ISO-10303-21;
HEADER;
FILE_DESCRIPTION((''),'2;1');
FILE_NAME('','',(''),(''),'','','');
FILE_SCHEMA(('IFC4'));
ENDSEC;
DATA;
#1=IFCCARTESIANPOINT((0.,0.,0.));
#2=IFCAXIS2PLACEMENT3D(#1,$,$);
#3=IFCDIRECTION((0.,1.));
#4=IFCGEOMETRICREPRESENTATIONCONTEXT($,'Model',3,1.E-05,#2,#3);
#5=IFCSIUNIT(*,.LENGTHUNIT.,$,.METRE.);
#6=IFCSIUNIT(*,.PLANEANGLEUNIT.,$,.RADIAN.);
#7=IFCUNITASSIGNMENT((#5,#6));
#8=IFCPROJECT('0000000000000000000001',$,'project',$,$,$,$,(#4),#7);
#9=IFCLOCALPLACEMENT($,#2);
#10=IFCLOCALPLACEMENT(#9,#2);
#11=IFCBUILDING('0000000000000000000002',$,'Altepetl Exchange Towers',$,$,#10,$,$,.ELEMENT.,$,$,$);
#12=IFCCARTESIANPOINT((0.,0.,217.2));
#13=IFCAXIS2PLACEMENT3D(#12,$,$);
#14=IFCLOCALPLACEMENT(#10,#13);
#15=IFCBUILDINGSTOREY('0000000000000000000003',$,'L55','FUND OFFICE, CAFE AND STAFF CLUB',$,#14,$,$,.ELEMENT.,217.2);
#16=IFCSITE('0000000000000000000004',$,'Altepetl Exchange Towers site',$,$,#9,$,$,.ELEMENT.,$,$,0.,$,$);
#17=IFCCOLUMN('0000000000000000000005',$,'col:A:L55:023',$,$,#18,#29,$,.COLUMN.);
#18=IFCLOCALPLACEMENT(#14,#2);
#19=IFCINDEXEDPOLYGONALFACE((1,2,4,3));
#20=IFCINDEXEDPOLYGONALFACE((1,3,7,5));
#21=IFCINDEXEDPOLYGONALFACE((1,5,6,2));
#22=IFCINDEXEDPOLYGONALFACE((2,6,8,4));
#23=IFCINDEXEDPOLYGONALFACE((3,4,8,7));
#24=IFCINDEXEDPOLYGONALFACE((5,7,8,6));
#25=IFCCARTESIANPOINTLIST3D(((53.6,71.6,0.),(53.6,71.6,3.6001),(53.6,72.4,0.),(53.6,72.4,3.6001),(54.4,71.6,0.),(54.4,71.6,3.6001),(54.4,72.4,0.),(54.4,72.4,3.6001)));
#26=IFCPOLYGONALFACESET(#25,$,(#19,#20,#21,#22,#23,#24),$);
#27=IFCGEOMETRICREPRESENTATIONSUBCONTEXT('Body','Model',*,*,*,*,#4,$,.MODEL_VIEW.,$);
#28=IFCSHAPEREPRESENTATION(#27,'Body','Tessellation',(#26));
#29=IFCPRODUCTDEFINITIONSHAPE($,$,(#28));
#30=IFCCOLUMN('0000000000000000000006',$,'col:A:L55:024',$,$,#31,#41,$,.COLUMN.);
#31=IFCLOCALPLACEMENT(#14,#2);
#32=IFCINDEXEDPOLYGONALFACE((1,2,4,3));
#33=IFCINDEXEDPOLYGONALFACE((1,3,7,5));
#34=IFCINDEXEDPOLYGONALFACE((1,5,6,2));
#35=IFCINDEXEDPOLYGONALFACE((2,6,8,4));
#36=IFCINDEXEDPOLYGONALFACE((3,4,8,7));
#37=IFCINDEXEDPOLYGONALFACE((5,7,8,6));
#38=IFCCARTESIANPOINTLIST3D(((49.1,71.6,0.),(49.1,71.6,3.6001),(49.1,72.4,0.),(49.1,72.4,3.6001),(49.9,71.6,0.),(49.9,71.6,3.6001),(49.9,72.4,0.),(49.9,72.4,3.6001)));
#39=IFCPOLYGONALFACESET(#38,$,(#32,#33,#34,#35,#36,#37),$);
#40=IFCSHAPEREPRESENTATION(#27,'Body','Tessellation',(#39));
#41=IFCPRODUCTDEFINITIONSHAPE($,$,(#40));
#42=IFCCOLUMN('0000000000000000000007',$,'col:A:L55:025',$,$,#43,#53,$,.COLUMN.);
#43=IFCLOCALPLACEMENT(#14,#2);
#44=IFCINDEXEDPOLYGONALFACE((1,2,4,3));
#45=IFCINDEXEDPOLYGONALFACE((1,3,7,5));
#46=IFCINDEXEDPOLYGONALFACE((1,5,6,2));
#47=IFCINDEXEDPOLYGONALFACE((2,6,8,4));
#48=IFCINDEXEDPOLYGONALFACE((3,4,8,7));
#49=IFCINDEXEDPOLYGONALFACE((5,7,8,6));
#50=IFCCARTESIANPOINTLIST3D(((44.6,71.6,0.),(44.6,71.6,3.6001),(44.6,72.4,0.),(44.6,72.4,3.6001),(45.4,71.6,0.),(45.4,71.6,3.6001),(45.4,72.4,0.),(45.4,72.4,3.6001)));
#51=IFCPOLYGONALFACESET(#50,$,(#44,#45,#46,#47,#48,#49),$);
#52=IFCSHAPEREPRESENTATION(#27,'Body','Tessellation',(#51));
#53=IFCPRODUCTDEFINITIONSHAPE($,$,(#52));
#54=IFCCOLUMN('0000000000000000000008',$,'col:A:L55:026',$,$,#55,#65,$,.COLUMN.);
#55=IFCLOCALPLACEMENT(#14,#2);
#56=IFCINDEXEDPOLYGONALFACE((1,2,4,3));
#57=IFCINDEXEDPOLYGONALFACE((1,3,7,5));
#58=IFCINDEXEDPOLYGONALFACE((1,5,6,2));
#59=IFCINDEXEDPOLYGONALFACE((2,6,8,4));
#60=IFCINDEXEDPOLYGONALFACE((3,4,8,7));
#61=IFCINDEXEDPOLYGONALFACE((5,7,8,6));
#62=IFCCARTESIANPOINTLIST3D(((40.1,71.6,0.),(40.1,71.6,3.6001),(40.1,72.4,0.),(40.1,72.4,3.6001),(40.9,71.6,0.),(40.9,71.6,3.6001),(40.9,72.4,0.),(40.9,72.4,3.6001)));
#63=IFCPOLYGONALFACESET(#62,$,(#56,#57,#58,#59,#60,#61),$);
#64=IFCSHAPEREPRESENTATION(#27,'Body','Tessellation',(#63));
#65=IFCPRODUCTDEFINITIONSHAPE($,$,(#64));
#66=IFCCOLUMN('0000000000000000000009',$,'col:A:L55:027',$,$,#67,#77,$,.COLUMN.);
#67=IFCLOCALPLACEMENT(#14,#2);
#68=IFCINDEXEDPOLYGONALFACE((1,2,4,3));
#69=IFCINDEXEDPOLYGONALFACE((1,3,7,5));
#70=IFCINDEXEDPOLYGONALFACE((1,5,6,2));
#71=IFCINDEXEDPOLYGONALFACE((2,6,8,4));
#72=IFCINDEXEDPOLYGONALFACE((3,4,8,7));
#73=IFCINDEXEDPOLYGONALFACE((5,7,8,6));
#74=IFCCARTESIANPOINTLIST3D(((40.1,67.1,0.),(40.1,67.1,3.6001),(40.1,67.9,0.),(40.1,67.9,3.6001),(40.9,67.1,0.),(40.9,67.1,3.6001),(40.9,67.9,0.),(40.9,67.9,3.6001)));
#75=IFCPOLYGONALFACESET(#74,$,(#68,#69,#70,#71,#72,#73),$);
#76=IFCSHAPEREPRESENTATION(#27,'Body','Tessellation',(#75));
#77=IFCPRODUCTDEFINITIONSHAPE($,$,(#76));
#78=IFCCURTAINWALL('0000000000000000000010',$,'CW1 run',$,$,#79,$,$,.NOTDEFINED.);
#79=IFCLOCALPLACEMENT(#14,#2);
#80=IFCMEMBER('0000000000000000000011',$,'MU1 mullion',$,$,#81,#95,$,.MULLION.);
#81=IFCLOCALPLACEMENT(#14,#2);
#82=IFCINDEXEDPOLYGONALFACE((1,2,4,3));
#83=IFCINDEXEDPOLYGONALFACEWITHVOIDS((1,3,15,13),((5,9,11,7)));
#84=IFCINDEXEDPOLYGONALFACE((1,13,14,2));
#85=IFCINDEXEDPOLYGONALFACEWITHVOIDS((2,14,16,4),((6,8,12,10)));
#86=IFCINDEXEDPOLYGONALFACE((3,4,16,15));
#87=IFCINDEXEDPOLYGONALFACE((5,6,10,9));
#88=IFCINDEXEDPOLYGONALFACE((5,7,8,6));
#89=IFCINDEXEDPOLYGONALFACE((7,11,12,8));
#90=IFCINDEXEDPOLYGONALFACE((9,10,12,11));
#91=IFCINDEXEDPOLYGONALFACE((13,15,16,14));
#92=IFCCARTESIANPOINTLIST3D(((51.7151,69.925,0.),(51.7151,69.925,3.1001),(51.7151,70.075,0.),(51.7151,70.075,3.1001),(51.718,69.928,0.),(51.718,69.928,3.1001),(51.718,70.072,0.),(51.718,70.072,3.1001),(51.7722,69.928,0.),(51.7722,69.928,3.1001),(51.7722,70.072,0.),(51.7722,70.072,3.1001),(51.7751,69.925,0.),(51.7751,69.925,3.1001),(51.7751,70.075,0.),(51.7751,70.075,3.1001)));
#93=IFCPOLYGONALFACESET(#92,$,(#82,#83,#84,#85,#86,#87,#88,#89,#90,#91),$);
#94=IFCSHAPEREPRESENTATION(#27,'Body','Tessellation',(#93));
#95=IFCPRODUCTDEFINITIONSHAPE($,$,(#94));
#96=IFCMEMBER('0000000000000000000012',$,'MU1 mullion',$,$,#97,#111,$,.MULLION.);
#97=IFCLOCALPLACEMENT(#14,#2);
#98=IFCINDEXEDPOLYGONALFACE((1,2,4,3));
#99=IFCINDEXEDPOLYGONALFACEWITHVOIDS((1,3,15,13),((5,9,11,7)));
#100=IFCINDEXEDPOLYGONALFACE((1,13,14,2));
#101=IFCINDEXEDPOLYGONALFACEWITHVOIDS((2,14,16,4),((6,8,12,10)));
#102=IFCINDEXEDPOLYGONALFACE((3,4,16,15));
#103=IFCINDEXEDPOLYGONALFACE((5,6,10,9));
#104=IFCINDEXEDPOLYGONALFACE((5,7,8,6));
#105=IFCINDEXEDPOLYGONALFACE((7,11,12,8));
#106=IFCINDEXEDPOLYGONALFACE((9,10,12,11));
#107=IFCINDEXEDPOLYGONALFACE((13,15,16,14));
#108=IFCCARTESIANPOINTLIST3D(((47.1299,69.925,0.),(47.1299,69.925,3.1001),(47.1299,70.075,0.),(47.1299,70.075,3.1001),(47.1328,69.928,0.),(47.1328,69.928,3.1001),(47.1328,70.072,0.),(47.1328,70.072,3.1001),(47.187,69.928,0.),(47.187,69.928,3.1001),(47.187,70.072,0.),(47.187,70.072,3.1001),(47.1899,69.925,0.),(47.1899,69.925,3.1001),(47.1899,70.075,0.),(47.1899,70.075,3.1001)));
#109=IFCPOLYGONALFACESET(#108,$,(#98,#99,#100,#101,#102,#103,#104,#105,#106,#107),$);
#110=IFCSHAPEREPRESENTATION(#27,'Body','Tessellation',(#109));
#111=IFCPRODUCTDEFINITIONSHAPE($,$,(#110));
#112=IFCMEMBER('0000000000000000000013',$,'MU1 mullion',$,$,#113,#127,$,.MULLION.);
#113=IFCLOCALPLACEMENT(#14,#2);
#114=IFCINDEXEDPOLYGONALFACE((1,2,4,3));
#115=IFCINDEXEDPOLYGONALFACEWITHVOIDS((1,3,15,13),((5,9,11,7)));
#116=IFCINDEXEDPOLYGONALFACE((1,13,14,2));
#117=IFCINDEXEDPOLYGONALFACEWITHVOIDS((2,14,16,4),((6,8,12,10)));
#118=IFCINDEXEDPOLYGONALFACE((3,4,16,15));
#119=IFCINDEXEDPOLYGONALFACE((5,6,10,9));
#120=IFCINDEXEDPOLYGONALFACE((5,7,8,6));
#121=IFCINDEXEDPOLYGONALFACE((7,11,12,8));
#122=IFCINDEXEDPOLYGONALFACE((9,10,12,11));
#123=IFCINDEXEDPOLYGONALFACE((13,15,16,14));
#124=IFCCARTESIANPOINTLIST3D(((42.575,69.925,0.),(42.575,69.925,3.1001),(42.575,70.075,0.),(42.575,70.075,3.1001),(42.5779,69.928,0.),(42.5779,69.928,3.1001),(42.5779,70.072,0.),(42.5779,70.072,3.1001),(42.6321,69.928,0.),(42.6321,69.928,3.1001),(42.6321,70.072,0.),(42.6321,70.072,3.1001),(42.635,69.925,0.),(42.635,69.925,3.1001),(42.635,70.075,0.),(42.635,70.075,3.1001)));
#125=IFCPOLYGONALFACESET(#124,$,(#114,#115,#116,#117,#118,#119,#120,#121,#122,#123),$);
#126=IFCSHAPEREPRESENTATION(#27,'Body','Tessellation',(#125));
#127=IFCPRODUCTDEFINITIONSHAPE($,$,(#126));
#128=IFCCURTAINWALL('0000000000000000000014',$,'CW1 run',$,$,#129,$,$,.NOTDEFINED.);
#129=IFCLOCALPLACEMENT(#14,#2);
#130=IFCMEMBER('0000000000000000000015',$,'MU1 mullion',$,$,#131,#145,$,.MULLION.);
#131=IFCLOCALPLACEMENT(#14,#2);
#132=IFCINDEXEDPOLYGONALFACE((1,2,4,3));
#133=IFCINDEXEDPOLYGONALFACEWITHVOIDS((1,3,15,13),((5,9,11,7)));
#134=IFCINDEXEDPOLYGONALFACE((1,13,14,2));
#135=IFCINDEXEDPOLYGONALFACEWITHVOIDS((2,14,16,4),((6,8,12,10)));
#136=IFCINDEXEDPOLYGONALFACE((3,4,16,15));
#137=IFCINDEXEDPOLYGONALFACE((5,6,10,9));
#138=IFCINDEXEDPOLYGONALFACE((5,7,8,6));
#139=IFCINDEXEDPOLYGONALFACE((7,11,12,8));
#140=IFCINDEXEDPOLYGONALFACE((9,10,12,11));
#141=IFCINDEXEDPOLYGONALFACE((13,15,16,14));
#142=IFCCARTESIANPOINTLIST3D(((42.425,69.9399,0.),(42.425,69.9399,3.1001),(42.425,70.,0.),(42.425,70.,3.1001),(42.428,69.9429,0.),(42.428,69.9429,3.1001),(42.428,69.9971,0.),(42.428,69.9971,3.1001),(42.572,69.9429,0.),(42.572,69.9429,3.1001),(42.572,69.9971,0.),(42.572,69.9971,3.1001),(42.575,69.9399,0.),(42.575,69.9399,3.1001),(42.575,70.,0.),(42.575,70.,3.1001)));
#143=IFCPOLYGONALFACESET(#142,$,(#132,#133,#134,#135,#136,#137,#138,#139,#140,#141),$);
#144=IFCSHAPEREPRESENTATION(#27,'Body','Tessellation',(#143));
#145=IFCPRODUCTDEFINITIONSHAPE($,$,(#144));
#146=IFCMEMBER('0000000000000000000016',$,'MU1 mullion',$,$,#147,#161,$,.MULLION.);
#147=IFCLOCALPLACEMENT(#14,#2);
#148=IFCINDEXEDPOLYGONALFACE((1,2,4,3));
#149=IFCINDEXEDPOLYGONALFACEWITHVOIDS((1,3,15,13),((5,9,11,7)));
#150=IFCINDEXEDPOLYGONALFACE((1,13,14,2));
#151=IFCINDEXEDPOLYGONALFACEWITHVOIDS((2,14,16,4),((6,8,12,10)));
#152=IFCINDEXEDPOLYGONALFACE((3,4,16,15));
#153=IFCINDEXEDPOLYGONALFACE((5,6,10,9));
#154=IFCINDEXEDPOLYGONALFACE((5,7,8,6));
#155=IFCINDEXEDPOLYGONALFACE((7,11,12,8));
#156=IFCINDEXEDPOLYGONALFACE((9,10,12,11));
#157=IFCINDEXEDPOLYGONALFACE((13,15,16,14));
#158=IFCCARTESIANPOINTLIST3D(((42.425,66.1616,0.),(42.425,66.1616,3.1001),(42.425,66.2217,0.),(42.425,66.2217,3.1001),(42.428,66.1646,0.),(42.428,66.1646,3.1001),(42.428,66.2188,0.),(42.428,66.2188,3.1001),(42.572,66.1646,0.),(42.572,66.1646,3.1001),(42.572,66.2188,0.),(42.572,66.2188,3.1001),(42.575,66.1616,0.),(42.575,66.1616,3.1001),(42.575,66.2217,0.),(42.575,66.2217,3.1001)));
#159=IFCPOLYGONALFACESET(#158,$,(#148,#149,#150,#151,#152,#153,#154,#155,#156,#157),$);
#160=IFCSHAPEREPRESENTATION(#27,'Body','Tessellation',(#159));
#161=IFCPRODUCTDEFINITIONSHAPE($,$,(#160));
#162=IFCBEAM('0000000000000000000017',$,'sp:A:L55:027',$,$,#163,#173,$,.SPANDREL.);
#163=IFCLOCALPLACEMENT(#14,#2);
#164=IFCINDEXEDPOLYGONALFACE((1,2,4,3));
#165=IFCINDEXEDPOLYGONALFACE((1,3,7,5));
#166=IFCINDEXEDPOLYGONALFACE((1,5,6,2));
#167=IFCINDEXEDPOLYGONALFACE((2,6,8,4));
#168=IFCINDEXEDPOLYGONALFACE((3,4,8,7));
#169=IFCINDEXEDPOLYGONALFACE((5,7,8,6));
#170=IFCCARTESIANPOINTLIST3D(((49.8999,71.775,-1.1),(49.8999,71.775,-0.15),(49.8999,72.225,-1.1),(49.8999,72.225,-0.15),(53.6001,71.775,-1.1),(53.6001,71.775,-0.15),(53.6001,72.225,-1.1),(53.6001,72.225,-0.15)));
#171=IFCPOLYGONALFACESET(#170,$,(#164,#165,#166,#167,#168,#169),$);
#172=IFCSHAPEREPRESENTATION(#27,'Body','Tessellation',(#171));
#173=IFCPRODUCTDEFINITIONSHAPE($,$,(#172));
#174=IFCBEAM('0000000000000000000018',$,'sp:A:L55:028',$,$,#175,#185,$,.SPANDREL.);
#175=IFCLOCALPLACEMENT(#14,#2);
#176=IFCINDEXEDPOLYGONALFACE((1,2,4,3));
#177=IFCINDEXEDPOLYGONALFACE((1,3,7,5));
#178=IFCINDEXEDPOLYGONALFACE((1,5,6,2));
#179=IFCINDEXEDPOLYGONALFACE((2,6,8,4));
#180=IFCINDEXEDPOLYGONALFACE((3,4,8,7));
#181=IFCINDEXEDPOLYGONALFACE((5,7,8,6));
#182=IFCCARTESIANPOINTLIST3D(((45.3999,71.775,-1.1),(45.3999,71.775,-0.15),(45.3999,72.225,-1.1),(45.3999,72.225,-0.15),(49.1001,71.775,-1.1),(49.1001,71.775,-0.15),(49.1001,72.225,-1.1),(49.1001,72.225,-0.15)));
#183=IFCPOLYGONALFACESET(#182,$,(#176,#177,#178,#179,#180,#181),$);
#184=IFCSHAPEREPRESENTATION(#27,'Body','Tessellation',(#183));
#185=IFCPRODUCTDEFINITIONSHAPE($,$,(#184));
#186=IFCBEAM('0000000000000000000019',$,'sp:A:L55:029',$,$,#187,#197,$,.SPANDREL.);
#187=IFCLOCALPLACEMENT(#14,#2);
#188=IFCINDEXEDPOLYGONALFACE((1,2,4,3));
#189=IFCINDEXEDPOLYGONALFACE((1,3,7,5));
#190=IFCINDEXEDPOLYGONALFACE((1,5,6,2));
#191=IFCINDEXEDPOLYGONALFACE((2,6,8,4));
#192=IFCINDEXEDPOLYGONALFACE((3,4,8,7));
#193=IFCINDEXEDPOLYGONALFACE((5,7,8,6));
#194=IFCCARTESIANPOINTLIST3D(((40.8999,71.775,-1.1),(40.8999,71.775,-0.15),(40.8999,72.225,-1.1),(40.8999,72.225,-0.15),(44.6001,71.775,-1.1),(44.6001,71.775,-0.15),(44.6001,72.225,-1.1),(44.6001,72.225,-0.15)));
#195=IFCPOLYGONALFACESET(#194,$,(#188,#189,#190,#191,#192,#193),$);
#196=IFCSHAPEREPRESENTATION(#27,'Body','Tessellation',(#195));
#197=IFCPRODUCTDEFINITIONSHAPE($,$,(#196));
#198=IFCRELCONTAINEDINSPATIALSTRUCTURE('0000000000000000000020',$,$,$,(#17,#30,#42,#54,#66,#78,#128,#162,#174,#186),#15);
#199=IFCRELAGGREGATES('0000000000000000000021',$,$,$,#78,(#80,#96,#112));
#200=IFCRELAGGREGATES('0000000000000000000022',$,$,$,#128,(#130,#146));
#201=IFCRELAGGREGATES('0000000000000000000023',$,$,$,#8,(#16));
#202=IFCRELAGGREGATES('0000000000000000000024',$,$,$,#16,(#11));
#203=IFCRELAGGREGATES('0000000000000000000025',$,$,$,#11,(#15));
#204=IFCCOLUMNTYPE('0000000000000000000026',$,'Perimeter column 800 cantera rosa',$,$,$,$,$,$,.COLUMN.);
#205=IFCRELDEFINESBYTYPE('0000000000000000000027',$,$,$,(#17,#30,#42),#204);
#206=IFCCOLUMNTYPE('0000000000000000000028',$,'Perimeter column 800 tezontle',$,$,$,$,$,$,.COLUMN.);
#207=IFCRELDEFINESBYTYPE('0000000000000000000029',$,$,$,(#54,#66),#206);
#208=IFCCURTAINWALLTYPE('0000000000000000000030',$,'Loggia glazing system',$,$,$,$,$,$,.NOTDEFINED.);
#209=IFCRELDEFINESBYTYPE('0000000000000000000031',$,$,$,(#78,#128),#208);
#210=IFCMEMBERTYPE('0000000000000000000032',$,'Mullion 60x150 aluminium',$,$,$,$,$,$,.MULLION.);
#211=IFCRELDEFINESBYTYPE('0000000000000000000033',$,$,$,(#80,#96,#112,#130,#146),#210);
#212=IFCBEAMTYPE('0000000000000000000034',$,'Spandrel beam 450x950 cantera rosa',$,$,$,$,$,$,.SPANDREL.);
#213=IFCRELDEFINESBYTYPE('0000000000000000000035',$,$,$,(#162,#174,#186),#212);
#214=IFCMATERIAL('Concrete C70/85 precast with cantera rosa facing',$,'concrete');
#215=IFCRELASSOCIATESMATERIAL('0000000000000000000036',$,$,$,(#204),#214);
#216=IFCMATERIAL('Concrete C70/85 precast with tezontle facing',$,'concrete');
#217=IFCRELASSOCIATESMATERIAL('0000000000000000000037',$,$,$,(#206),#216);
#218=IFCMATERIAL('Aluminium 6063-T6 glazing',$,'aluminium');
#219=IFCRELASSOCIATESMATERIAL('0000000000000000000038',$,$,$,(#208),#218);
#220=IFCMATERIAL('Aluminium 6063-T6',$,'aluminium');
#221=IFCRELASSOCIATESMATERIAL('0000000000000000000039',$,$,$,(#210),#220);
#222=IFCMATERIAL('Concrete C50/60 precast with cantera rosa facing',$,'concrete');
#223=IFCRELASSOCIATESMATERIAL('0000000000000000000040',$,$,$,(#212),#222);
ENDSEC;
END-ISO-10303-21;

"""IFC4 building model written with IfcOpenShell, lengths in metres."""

from ifc_helpers import new_model, si_unit, direction, frame, origin, origin_2d, place, context, subcontext, project, spatial, rectangle, hollow_rectangle, extrude, material, material_profile, profile_set, type_object, element, aggregate, save


model = new_model("IFC4")

# Units and contexts
model_context = context("Model", 3, precision=1e-05, world=origin(), true_north=direction((0.0, 1.0)))
body_context = subcontext(model_context, "Body", "Model", "MODEL_VIEW")
ifc_project = project(units=[si_unit("LENGTHUNIT", "METRE"), si_unit("PLANEANGLEUNIT", "RADIAN")], contexts=[model_context])

# Site, building, storey
site_placement = place(None, origin())
site = spatial("IfcSite", under=ifc_project, at=site_placement, Name="Altepetl Exchange Towers site", CompositionType="ELEMENT", RefElevation=0.0)
building_placement = place(site_placement, origin())
building = spatial("IfcBuilding", under=site, at=building_placement, Name="Altepetl Exchange Towers", CompositionType="ELEMENT")
storey_placement = place(building_placement, frame((0.0, 0.0, 217.2)))
storey = spatial("IfcBuildingStorey", under=building, at=storey_placement, Name="L55", Description="FUND OFFICE, CAFE AND STAFF CLUB", CompositionType="ELEMENT", Elevation=217.2)

# Columns
ifc_material_1 = material(Name="Concrete C70/85 precast with cantera rosa facing", Category="concrete")
ifc_material_profile_1 = material_profile(ifc_material_1, rectangle(XDim=0.8, YDim=0.8, at=origin_2d()), Name="800 x 800")
ifc_profile_set_1 = profile_set([ifc_material_profile_1], Name="Concrete C70/85 precast with cantera rosa facing")
column_type_1 = type_object("IfcColumnType", Name="Perimeter column 800 cantera rosa", PredefinedType="COLUMN", material=ifc_profile_set_1)
for number, where, name in (
    (1, (54.0, 72.0, 0.0), "col:A:L55:023"),
    (2, (49.5, 72.0, 0.0), "col:A:L55:024"),
    (3, (45.0, 72.0, 0.0), "col:A:L55:025"),
):
    element("IfcColumn", number, at=place(storey_placement, frame(where)), inside=storey, type_object=column_type_1, Name=name, PredefinedType="COLUMN", context=body_context, shape_type="SweptSolid", body=[
        extrude(rectangle(XDim=0.8, YDim=0.8, at=origin_2d()), origin(), (0.0, 0.0, 1.0), 3.6001),
    ])
ifc_material_2 = material(Name="Concrete C70/85 precast with tezontle facing", Category="concrete")
ifc_material_profile_2 = material_profile(ifc_material_2, rectangle(XDim=0.8, YDim=0.8, at=origin_2d()), Name="800 x 800")
ifc_profile_set_2 = profile_set([ifc_material_profile_2], Name="Concrete C70/85 precast with tezontle facing")
column_type_2 = type_object("IfcColumnType", Name="Perimeter column 800 tezontle", PredefinedType="COLUMN", material=ifc_profile_set_2)
for number, where, name in (
    (4, (40.5, 72.0, 0.0), "col:A:L55:026"),
    (5, (40.5, 67.5, 0.0), "col:A:L55:027"),
):
    element("IfcColumn", number, at=place(storey_placement, frame(where)), inside=storey, type_object=column_type_2, Name=name, PredefinedType="COLUMN", context=body_context, shape_type="SweptSolid", body=[
        extrude(rectangle(XDim=0.8, YDim=0.8, at=origin_2d()), origin(), (0.0, 0.0, 1.0), 3.6001),
    ])

# Curtain walls, members
ifc_material_3 = material(Name="Aluminium 6063-T6 glazing", Category="aluminium")
curtain_wall_type = type_object("IfcCurtainWallType", Name="Loggia glazing system", PredefinedType="NOTDEFINED", material=ifc_material_3)
curtain_wall_1_placement = place(storey_placement, origin())
curtain_wall_1 = element("IfcCurtainWall", 6, at=curtain_wall_1_placement, inside=storey, type_object=curtain_wall_type, Name="CW1 run", PredefinedType="NOTDEFINED")
ifc_material_4 = material(Name="Aluminium 6063-T6", Category="aluminium")
ifc_material_profile_3 = material_profile(ifc_material_4, hollow_rectangle(XDim=0.0601, YDim=0.1499, WallThickness=0.0029, at=origin_2d()), Name="Mullion 60x150 aluminium")
ifc_profile_set_3 = profile_set([ifc_material_profile_3], Name="Aluminium 6063-T6")
member_type = type_object("IfcMemberType", Name="Mullion 60x150 aluminium", PredefinedType="MULLION", material=ifc_profile_set_3)
member_1_placement = place(storey_placement, frame((51.7451, 70.0, 0.0), z_axis=(0.0, 0.0, 1.0), x_axis=(-1.0, 0.0, 0.0)))
member_1 = element("IfcMember", 7, at=member_1_placement, type_object=member_type, Name="MU1 mullion", PredefinedType="MULLION", context=body_context, shape_type="SweptSolid", body=[
    extrude(hollow_rectangle(XDim=0.0601, YDim=0.1499, WallThickness=0.0029, at=origin_2d()), origin(), (0.0, 0.0, 1.0), 3.1001),
])
member_2_placement = place(storey_placement, frame((47.1599, 70.0, 0.0), z_axis=(0.0, 0.0, 1.0), x_axis=(-1.0, 0.0, 0.0)))
member_2 = element("IfcMember", 8, at=member_2_placement, type_object=member_type, Name="MU1 mullion", PredefinedType="MULLION", context=body_context, shape_type="SweptSolid", body=[
    extrude(hollow_rectangle(XDim=0.0601, YDim=0.1499, WallThickness=0.0029, at=origin_2d()), origin(), (0.0, 0.0, 1.0), 3.1001),
])
member_3_placement = place(storey_placement, frame((42.605, 70.0, 0.0), z_axis=(0.0, 0.0, 1.0), x_axis=(-1.0, 0.0, 0.0)))
member_3 = element("IfcMember", 9, at=member_3_placement, type_object=member_type, Name="MU1 mullion", PredefinedType="MULLION", context=body_context, shape_type="SweptSolid", body=[
    extrude(hollow_rectangle(XDim=0.0601, YDim=0.1499, WallThickness=0.0029, at=origin_2d()), origin(), (0.0, 0.0, 1.0), 3.1001),
])
curtain_wall_2_placement = place(storey_placement, origin())
curtain_wall_2 = element("IfcCurtainWall", 10, at=curtain_wall_2_placement, inside=storey, type_object=curtain_wall_type, Name="CW1 run", PredefinedType="NOTDEFINED")
member_4_placement = place(storey_placement, frame((42.5, 69.97, 0.0), z_axis=(0.0, 0.0, 1.0), x_axis=(0.0, -1.0, 0.0)))
member_4 = element("IfcMember", 11, at=member_4_placement, type_object=member_type, Name="MU1 mullion", PredefinedType="MULLION", context=body_context, shape_type="SweptSolid", body=[
    extrude(hollow_rectangle(XDim=0.0601, YDim=0.1499, WallThickness=0.0029, at=origin_2d()), origin(), (0.0, 0.0, 1.0), 3.1001),
])
member_5_placement = place(storey_placement, frame((42.5, 66.1917, 0.0), z_axis=(0.0, 0.0, 1.0), x_axis=(0.0, -1.0, 0.0)))
member_5 = element("IfcMember", 12, at=member_5_placement, type_object=member_type, Name="MU1 mullion", PredefinedType="MULLION", context=body_context, shape_type="SweptSolid", body=[
    extrude(hollow_rectangle(XDim=0.0601, YDim=0.1499, WallThickness=0.0029, at=origin_2d()), origin(), (0.0, 0.0, 1.0), 3.1001),
])

# Beams
ifc_material_5 = material(Name="Concrete C50/60 precast with cantera rosa facing", Category="concrete")
ifc_material_profile_4 = material_profile(ifc_material_5, rectangle(XDim=0.45, YDim=0.95, at=origin_2d()), Name="450 x 950")
ifc_profile_set_4 = profile_set([ifc_material_profile_4], Name="Concrete C50/60 precast with cantera rosa facing")
beam_type_1 = type_object("IfcBeamType", Name="Spandrel beam 450x950 cantera rosa", PredefinedType="SPANDREL", material=ifc_profile_set_4)
for number, where, z_axis, x_axis, name in (
    (13, (53.6001, 72.0, -0.625), (-1.0, 0.0, 0.0), (0.0, -1.0, 0.0), "sp:A:L55:027"),
    (14, (49.1001, 72.0, -0.625), (-1.0, 0.0, 0.0), (0.0, -1.0, 0.0), "sp:A:L55:028"),
    (15, (44.6001, 72.0, -0.625), (-1.0, 0.0, 0.0), (0.0, -1.0, 0.0), "sp:A:L55:029"),
):
    element("IfcBeam", number, at=place(storey_placement, frame(where, z_axis=z_axis, x_axis=x_axis)), inside=storey, type_object=beam_type_1, Name=name, PredefinedType="SPANDREL", context=body_context, shape_type="SweptSolid", body=[
        extrude(rectangle(XDim=0.45, YDim=0.95, at=origin_2d()), origin(), (0.0, 0.0, 1.0), 3.7002),
    ])

aggregate(curtain_wall_1, [member_1, member_2, member_3])
aggregate(curtain_wall_2, [member_4, member_5])

save(model, "model.ifc")
